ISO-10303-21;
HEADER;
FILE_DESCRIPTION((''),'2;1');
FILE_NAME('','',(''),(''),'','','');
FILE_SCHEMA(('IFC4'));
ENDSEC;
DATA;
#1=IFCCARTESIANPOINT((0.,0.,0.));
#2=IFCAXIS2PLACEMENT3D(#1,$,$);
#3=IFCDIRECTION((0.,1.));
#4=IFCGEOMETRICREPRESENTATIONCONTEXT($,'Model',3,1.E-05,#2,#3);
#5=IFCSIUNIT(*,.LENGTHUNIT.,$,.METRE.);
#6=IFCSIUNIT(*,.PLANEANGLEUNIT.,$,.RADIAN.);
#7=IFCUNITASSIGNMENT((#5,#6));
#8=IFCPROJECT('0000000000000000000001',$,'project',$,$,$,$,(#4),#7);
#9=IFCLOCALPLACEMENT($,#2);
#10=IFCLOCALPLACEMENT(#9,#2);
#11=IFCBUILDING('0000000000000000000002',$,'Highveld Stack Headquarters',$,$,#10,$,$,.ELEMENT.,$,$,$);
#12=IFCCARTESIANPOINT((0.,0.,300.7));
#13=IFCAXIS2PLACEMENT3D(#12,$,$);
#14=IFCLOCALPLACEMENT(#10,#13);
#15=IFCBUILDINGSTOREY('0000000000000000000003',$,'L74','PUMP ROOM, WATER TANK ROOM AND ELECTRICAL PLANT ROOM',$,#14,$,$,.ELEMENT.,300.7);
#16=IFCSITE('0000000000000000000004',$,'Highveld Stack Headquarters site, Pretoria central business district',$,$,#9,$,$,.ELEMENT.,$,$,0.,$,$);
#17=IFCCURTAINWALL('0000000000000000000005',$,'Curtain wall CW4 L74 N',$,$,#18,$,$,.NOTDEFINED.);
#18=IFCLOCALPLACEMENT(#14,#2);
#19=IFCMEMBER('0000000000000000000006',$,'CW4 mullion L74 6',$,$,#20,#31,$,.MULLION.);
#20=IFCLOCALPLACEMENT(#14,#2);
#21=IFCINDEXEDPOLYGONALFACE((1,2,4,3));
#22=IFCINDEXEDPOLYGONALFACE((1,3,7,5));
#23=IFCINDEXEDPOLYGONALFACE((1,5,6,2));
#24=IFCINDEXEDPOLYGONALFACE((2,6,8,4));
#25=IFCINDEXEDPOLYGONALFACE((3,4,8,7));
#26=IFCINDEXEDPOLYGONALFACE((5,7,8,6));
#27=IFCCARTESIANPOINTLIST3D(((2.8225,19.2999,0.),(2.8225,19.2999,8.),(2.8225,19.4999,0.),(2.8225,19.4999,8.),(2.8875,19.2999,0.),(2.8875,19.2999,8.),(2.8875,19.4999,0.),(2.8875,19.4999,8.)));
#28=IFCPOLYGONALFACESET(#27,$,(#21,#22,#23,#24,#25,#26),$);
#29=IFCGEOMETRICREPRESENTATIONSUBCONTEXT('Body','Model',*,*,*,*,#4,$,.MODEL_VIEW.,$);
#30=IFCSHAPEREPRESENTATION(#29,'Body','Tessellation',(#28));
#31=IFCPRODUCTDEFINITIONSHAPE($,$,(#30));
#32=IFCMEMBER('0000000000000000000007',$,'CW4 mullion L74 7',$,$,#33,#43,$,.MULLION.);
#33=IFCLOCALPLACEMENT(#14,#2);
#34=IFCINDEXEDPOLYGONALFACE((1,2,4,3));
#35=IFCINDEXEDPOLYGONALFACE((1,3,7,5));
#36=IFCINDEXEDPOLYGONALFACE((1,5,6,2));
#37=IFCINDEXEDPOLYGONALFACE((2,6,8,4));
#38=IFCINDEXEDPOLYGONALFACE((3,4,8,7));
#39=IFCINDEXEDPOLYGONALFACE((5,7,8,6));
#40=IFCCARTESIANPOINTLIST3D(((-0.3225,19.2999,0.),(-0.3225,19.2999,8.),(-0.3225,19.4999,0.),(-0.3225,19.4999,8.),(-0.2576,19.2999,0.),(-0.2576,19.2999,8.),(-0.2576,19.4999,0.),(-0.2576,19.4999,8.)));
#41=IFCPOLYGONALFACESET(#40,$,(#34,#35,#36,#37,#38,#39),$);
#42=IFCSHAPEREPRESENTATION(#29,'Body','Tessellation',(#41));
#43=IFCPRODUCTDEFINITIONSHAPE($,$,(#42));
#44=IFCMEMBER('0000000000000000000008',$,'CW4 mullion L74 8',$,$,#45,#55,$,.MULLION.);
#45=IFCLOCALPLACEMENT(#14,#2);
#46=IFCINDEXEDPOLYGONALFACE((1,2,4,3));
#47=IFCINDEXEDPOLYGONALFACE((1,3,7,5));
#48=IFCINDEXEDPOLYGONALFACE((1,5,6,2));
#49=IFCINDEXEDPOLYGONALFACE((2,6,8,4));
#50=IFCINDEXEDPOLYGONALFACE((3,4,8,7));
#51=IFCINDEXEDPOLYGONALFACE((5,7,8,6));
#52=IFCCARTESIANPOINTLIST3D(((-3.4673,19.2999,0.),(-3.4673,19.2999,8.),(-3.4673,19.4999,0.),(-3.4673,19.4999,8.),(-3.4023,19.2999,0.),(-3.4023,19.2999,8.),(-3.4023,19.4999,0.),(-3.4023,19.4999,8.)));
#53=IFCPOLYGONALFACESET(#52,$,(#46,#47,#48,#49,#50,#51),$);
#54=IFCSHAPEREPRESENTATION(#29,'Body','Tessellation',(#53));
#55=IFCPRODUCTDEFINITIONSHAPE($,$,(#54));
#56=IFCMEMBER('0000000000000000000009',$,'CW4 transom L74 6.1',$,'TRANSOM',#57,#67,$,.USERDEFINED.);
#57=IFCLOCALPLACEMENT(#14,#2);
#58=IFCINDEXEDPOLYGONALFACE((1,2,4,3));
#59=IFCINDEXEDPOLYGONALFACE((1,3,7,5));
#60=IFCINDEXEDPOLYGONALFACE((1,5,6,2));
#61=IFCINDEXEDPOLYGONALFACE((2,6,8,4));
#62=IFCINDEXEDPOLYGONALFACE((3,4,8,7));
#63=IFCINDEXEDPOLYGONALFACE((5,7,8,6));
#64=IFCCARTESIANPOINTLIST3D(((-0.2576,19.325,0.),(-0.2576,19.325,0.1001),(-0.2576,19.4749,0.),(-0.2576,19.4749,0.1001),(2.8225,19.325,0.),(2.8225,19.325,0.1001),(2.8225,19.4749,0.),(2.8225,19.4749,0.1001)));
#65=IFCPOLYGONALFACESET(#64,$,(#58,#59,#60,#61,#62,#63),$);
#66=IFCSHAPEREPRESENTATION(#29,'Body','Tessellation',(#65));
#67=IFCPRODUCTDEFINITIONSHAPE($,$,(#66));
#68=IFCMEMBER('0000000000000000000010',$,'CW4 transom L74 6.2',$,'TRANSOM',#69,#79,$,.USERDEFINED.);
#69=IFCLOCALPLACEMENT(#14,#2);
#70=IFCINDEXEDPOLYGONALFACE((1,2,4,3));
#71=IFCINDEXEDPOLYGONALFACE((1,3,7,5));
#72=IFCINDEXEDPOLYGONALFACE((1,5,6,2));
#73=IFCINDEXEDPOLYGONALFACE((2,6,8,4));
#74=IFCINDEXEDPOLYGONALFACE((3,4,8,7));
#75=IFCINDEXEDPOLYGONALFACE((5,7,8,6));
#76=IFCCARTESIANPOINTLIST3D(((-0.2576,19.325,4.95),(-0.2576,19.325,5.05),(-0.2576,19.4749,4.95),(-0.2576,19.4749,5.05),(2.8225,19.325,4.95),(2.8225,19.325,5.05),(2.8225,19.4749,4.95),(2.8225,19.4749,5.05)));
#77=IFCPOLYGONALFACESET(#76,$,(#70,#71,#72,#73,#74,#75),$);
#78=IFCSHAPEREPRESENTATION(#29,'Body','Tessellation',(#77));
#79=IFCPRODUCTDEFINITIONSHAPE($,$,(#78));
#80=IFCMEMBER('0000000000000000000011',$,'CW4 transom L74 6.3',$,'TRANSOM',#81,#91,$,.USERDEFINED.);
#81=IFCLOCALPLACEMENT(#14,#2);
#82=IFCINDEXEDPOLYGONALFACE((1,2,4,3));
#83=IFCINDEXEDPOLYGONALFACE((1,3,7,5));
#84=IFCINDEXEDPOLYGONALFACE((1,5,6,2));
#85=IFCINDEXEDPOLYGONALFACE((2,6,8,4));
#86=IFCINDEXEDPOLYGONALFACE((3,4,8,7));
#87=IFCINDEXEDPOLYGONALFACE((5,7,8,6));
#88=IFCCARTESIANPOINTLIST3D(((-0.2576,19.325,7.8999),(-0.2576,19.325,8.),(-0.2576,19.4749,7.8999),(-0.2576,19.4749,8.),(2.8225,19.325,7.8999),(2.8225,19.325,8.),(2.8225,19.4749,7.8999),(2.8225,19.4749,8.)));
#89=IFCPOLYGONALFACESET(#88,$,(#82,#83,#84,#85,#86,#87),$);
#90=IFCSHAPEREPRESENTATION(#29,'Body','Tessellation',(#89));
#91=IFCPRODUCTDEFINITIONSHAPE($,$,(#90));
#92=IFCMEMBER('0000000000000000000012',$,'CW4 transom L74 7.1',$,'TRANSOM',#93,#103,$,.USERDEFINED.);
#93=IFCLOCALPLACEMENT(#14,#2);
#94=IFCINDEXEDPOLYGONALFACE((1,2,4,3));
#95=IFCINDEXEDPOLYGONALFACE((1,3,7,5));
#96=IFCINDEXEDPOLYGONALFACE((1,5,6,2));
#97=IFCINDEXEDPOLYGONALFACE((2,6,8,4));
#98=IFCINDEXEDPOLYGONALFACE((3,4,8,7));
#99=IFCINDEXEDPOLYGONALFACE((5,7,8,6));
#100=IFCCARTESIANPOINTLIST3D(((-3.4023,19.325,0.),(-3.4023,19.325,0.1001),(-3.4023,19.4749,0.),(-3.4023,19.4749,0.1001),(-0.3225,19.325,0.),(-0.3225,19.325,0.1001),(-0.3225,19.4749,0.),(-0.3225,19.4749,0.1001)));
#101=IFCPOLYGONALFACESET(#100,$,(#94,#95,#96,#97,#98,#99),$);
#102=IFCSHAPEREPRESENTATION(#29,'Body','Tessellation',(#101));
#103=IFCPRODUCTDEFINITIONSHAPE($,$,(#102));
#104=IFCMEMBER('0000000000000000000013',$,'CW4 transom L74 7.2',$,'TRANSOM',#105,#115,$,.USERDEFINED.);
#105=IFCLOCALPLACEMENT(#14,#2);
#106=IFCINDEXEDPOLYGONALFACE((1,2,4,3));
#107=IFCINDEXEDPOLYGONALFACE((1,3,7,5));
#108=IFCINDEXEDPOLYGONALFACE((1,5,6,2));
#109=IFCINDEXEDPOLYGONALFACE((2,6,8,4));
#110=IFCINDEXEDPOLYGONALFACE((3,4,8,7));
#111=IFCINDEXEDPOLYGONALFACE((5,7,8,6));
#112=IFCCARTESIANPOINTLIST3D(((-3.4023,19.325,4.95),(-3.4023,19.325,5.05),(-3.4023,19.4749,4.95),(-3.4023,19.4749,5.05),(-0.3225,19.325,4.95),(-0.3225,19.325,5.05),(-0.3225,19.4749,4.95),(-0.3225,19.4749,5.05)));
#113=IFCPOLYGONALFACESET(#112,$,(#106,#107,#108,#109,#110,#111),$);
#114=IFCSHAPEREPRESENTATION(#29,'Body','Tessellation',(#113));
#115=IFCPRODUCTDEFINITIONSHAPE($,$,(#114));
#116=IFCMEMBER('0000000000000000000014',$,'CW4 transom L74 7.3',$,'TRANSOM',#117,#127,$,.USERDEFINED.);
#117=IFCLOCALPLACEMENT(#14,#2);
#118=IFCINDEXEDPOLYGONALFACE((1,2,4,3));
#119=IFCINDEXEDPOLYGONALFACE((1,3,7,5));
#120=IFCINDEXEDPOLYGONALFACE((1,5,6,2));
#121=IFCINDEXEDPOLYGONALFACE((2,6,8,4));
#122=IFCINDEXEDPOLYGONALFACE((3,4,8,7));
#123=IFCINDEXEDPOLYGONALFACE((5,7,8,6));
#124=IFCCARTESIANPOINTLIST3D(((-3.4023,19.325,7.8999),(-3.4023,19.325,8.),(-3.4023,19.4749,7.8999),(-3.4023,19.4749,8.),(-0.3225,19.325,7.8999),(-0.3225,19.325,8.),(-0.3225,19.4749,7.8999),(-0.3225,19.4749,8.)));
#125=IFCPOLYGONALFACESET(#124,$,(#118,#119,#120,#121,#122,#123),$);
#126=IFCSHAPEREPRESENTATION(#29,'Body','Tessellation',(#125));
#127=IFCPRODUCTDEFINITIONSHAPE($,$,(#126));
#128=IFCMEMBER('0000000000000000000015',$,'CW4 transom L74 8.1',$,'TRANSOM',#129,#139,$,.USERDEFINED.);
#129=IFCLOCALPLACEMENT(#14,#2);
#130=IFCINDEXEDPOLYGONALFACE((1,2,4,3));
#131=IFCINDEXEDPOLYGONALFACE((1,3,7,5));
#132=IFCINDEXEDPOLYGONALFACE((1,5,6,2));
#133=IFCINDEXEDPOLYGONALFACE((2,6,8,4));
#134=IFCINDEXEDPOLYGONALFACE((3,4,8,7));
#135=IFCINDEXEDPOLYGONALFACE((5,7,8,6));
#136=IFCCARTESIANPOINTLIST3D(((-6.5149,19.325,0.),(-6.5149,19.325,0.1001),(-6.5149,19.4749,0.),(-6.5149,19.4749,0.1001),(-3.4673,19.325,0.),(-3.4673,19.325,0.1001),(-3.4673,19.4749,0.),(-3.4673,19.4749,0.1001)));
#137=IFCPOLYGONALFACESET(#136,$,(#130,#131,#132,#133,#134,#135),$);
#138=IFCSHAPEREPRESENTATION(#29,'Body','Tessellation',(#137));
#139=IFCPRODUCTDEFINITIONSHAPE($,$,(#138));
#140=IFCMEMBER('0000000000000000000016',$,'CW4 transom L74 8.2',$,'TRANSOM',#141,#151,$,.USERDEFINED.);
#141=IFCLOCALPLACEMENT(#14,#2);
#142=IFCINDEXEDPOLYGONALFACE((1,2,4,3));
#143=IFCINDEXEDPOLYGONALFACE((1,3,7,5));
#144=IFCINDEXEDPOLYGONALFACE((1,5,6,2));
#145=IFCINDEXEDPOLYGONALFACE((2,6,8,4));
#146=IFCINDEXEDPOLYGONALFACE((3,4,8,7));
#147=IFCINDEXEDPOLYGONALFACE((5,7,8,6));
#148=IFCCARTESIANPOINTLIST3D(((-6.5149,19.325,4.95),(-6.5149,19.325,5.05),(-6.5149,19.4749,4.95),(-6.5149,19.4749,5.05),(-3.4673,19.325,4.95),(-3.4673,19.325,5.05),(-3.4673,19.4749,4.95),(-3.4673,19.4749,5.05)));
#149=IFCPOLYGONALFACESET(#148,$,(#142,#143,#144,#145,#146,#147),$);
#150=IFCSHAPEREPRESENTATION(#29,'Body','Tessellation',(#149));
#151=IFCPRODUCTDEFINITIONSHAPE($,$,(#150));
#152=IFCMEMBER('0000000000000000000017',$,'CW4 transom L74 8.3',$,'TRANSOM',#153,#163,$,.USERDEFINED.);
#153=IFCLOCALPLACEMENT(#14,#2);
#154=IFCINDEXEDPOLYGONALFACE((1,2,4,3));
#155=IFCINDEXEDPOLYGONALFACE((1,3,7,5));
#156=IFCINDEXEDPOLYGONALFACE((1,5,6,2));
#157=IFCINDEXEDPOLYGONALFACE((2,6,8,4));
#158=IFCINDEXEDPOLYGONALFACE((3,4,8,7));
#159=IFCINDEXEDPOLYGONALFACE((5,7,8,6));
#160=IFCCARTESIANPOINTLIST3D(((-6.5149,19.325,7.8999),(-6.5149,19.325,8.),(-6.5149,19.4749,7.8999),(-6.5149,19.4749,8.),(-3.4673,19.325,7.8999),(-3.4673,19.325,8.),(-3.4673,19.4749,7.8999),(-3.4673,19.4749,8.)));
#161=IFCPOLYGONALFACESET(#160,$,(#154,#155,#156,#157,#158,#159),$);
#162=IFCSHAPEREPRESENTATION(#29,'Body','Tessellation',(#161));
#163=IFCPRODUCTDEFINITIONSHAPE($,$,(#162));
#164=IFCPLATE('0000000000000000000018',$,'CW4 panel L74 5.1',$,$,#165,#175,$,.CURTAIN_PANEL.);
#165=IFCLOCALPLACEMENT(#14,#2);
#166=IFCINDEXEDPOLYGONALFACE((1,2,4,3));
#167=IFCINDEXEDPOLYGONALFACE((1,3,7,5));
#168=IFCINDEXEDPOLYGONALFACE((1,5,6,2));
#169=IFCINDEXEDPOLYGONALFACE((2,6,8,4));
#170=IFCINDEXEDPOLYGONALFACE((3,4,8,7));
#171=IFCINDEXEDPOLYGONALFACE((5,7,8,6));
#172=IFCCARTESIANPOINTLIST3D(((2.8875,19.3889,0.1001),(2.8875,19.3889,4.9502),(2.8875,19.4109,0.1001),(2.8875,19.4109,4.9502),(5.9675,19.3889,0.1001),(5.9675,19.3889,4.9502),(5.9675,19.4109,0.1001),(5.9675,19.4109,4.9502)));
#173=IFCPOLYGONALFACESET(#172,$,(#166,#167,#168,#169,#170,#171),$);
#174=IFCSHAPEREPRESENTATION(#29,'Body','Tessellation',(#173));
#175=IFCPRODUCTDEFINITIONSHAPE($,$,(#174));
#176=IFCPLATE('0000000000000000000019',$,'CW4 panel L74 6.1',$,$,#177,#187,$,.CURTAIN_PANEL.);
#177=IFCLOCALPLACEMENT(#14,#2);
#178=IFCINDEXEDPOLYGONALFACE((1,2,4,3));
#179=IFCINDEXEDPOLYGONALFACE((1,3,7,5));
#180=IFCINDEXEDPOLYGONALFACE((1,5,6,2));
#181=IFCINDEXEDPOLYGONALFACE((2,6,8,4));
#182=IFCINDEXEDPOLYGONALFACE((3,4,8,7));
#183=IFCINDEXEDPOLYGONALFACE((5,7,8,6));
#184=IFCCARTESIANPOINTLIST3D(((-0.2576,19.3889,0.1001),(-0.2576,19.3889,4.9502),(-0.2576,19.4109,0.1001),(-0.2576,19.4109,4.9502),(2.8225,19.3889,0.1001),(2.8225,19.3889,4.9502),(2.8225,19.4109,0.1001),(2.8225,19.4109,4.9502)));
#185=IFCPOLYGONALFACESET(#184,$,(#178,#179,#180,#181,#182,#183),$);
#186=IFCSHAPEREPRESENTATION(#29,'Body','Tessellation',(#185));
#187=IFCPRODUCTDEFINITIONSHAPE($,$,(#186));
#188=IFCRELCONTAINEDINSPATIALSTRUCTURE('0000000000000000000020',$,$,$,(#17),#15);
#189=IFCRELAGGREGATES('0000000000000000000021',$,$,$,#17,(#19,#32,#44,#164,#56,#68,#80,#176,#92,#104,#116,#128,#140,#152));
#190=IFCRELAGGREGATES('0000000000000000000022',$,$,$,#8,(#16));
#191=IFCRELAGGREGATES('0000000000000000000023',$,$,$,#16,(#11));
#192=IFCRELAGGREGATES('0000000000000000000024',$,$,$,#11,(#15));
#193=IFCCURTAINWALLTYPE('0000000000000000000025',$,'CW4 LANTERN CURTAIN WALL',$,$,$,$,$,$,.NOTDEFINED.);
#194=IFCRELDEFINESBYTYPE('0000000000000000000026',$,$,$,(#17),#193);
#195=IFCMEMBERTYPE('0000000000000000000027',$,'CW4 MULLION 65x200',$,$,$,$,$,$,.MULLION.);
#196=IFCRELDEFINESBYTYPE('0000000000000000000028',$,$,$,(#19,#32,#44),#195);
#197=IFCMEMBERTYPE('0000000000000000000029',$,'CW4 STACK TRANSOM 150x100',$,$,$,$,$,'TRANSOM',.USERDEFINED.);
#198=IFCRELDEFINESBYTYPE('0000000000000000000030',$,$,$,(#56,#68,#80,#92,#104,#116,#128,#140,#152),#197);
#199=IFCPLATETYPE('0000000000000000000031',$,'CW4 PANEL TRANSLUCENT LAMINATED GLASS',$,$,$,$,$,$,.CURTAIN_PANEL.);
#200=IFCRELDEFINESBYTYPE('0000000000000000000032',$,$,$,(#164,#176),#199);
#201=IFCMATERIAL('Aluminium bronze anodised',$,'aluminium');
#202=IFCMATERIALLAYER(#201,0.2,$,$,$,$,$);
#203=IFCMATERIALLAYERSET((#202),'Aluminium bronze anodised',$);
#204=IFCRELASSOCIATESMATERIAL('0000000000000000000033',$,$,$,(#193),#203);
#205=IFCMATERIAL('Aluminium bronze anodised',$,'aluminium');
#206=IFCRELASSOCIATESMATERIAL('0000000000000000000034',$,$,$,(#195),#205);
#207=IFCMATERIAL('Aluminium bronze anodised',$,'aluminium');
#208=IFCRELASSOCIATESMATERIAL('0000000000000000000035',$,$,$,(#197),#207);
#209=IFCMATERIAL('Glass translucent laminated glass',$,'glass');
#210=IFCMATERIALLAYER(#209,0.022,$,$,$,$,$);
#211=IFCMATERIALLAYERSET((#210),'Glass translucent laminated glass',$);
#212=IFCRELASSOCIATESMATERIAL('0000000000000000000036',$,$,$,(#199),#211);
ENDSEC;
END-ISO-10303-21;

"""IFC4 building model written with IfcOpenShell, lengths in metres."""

from ifc_helpers import new_model, si_unit, direction, frame, origin, origin_2d, place, context, subcontext, project, spatial, rectangle, extrude, material, layer, layer_set, material_profile, profile_set, type_object, element, aggregate, save


model = new_model("IFC4")

# Units and contexts
model_context = context("Model", 3, precision=1e-05, world=origin(), true_north=direction((0.0, 1.0)))
body_context = subcontext(model_context, "Body", "Model", "MODEL_VIEW")
ifc_project = project(units=[si_unit("LENGTHUNIT", "METRE"), si_unit("PLANEANGLEUNIT", "RADIAN")], contexts=[model_context])

# Site, building, storey
site_placement = place(None, origin())
site = spatial("IfcSite", under=ifc_project, at=site_placement, Name="Highveld Stack Headquarters site, Pretoria central business district", CompositionType="ELEMENT", RefElevation=0.0)
building_placement = place(site_placement, origin())
building = spatial("IfcBuilding", under=site, at=building_placement, Name="Highveld Stack Headquarters", CompositionType="ELEMENT")
storey_placement = place(building_placement, frame((0.0, 0.0, 300.7)))
storey = spatial("IfcBuildingStorey", under=building, at=storey_placement, Name="L74", Description="PUMP ROOM, WATER TANK ROOM AND ELECTRICAL PLANT ROOM", CompositionType="ELEMENT", Elevation=300.7)

# Curtain wall, members, plates
ifc_material_1 = material(Name="Aluminium bronze anodised", Category="aluminium")
ifc_layer_1 = layer(ifc_material_1, 0.2)
ifc_layer_set_1 = layer_set([ifc_layer_1], Name="Aluminium bronze anodised")
curtain_wall_type = type_object("IfcCurtainWallType", Name="CW4 LANTERN CURTAIN WALL", PredefinedType="NOTDEFINED", material=ifc_layer_set_1)
curtain_wall_placement = place(storey_placement, origin())
curtain_wall = element("IfcCurtainWall", 1, at=curtain_wall_placement, inside=storey, type_object=curtain_wall_type, Name="Curtain wall CW4 L74 N", PredefinedType="NOTDEFINED")
ifc_material_2 = material(Name="Aluminium bronze anodised", Category="aluminium")
ifc_material_profile_1 = material_profile(ifc_material_2, rectangle(XDim=0.2, YDim=0.0649, at=origin_2d()), Name="CW4 MULLION 65x200")
ifc_profile_set_1 = profile_set([ifc_material_profile_1], Name="Aluminium bronze anodised")
member_type_1 = type_object("IfcMemberType", Name="CW4 MULLION 65x200", PredefinedType="MULLION", material=ifc_profile_set_1)
member_1_placement = place(storey_placement, frame((2.855, 19.3999, 0.0), z_axis=(0.0, 0.0, 1.0), x_axis=(0.0, -1.0, 0.0)))
member_1 = element("IfcMember", 2, at=member_1_placement, type_object=member_type_1, Name="CW4 mullion L74 6", PredefinedType="MULLION", context=body_context, shape_type="SweptSolid", body=[
    extrude(rectangle(XDim=0.2, YDim=0.0649, at=origin_2d()), origin(), (0.0, 0.0, 1.0), 8.0),
])
member_2_placement = place(storey_placement, frame((-0.29, 19.3999, 0.0), z_axis=(0.0, 0.0, 1.0), x_axis=(0.0, -1.0, 0.0)))
member_2 = element("IfcMember", 3, at=member_2_placement, type_object=member_type_1, Name="CW4 mullion L74 7", PredefinedType="MULLION", context=body_context, shape_type="SweptSolid", body=[
    extrude(rectangle(XDim=0.2, YDim=0.0649, at=origin_2d()), origin(), (0.0, 0.0, 1.0), 8.0),
])
member_3_placement = place(storey_placement, frame((-3.4348, 19.3999, 0.0), z_axis=(0.0, 0.0, 1.0), x_axis=(0.0, -1.0, 0.0)))
member_3 = element("IfcMember", 4, at=member_3_placement, type_object=member_type_1, Name="CW4 mullion L74 8", PredefinedType="MULLION", context=body_context, shape_type="SweptSolid", body=[
    extrude(rectangle(XDim=0.2, YDim=0.0649, at=origin_2d()), origin(), (0.0, 0.0, 1.0), 8.0),
])
ifc_material_3 = material(Name="Aluminium bronze anodised", Category="aluminium")
ifc_material_profile_2 = material_profile(ifc_material_3, rectangle(XDim=0.1499, YDim=0.1001, at=origin_2d()), Name="CW4 TRANSOM 150x100")
ifc_profile_set_2 = profile_set([ifc_material_profile_2], Name="Aluminium bronze anodised")
member_type_2 = type_object("IfcMemberType", Name="CW4 STACK TRANSOM 150x100", ElementType="TRANSOM", PredefinedType="USERDEFINED", material=ifc_profile_set_2)
member_4_placement = place(storey_placement, frame((2.8225, 19.3999, 0.05), z_axis=(-1.0, 0.0, 0.0), x_axis=(0.0, -1.0, 0.0)))
member_4 = element("IfcMember", 5, at=member_4_placement, type_object=member_type_2, Name="CW4 transom L74 6.1", ObjectType="TRANSOM", PredefinedType="USERDEFINED", context=body_context, shape_type="SweptSolid", body=[
    extrude(rectangle(XDim=0.1499, YDim=0.1001, at=origin_2d()), origin(), (0.0, 0.0, 1.0), 3.0801),
])
member_5_placement = place(storey_placement, frame((2.8225, 19.3999, 5.0), z_axis=(-1.0, 0.0, 0.0), x_axis=(0.0, -1.0, 0.0)))
member_5 = element("IfcMember", 6, at=member_5_placement, type_object=member_type_2, Name="CW4 transom L74 6.2", ObjectType="TRANSOM", PredefinedType="USERDEFINED", context=body_context, shape_type="SweptSolid", body=[
    extrude(rectangle(XDim=0.1499, YDim=0.1001, at=origin_2d()), origin(), (0.0, 0.0, 1.0), 3.0801),
])
member_6_placement = place(storey_placement, frame((2.8225, 19.3999, 7.95), z_axis=(-1.0, 0.0, 0.0), x_axis=(0.0, -1.0, 0.0)))
member_6 = element("IfcMember", 7, at=member_6_placement, type_object=member_type_2, Name="CW4 transom L74 6.3", ObjectType="TRANSOM", PredefinedType="USERDEFINED", context=body_context, shape_type="SweptSolid", body=[
    extrude(rectangle(XDim=0.1499, YDim=0.1001, at=origin_2d()), origin(), (0.0, 0.0, 1.0), 3.0801),
])
member_7_placement = place(storey_placement, frame((-0.3225, 19.3999, 0.05), z_axis=(-1.0, 0.0, 0.0), x_axis=(0.0, -1.0, 0.0)))
member_7 = element("IfcMember", 8, at=member_7_placement, type_object=member_type_2, Name="CW4 transom L74 7.1", ObjectType="TRANSOM", PredefinedType="USERDEFINED", context=body_context, shape_type="SweptSolid", body=[
    extrude(rectangle(XDim=0.1499, YDim=0.1001, at=origin_2d()), origin(), (0.0, 0.0, 1.0), 3.0798),
])
member_8_placement = place(storey_placement, frame((-0.3225, 19.3999, 5.0), z_axis=(-1.0, 0.0, 0.0), x_axis=(0.0, -1.0, 0.0)))
member_8 = element("IfcMember", 9, at=member_8_placement, type_object=member_type_2, Name="CW4 transom L74 7.2", ObjectType="TRANSOM", PredefinedType="USERDEFINED", context=body_context, shape_type="SweptSolid", body=[
    extrude(rectangle(XDim=0.1499, YDim=0.1001, at=origin_2d()), origin(), (0.0, 0.0, 1.0), 3.0798),
])
member_9_placement = place(storey_placement, frame((-0.3225, 19.3999, 7.95), z_axis=(-1.0, 0.0, 0.0), x_axis=(0.0, -1.0, 0.0)))
member_9 = element("IfcMember", 10, at=member_9_placement, type_object=member_type_2, Name="CW4 transom L74 7.3", ObjectType="TRANSOM", PredefinedType="USERDEFINED", context=body_context, shape_type="SweptSolid", body=[
    extrude(rectangle(XDim=0.1499, YDim=0.1001, at=origin_2d()), origin(), (0.0, 0.0, 1.0), 3.0798),
])
member_10_placement = place(storey_placement, frame((-3.4673, 19.3999, 0.05), z_axis=(-1.0, 0.0, 0.0), x_axis=(0.0, -1.0, 0.0)))
member_10 = element("IfcMember", 11, at=member_10_placement, type_object=member_type_2, Name="CW4 transom L74 8.1", ObjectType="TRANSOM", PredefinedType="USERDEFINED", context=body_context, shape_type="SweptSolid", body=[
    extrude(rectangle(XDim=0.1499, YDim=0.1001, at=origin_2d()), origin(), (0.0, 0.0, 1.0), 3.0476),
])
member_11_placement = place(storey_placement, frame((-3.4673, 19.3999, 5.0), z_axis=(-1.0, 0.0, 0.0), x_axis=(0.0, -1.0, 0.0)))
member_11 = element("IfcMember", 12, at=member_11_placement, type_object=member_type_2, Name="CW4 transom L74 8.2", ObjectType="TRANSOM", PredefinedType="USERDEFINED", context=body_context, shape_type="SweptSolid", body=[
    extrude(rectangle(XDim=0.1499, YDim=0.1001, at=origin_2d()), origin(), (0.0, 0.0, 1.0), 3.0476),
])
member_12_placement = place(storey_placement, frame((-3.4673, 19.3999, 7.95), z_axis=(-1.0, 0.0, 0.0), x_axis=(0.0, -1.0, 0.0)))
member_12 = element("IfcMember", 13, at=member_12_placement, type_object=member_type_2, Name="CW4 transom L74 8.3", ObjectType="TRANSOM", PredefinedType="USERDEFINED", context=body_context, shape_type="SweptSolid", body=[
    extrude(rectangle(XDim=0.1499, YDim=0.1001, at=origin_2d()), origin(), (0.0, 0.0, 1.0), 3.0476),
])
ifc_material_4 = material(Name="Glass translucent laminated glass", Category="glass")
ifc_layer_2 = layer(ifc_material_4, 0.022)
ifc_layer_set_2 = layer_set([ifc_layer_2], Name="Glass translucent laminated glass")
plate_type = type_object("IfcPlateType", Name="CW4 PANEL TRANSLUCENT LAMINATED GLASS", PredefinedType="CURTAIN_PANEL", material=ifc_layer_set_2)
plate_1_placement = place(storey_placement, frame((4.4275, 19.3999, 0.1001), z_axis=(0.0, 0.0, 1.0), x_axis=(-1.0, 0.0, 0.0)))
plate_1 = element("IfcPlate", 14, at=plate_1_placement, type_object=plate_type, Name="CW4 panel L74 5.1", PredefinedType="CURTAIN_PANEL", context=body_context, shape_type="SweptSolid", body=[
    extrude(rectangle(XDim=3.0801, YDim=0.022, at=origin_2d()), origin(), (0.0, 0.0, 1.0), 4.8501),
])
plate_2_placement = place(storey_placement, frame((1.2825, 19.3999, 0.1001), z_axis=(0.0, 0.0, 1.0), x_axis=(-1.0, 0.0, 0.0)))
plate_2 = element("IfcPlate", 15, at=plate_2_placement, type_object=plate_type, Name="CW4 panel L74 6.1", PredefinedType="CURTAIN_PANEL", context=body_context, shape_type="SweptSolid", body=[
    extrude(rectangle(XDim=3.0801, YDim=0.022, at=origin_2d()), origin(), (0.0, 0.0, 1.0), 4.8501),
])
aggregate(curtain_wall, [member_1, member_2, member_3, plate_1, member_4, member_5, member_6, plate_2, member_7, member_8, member_9, member_10, member_11, member_12])

save(model, "model.ifc")
